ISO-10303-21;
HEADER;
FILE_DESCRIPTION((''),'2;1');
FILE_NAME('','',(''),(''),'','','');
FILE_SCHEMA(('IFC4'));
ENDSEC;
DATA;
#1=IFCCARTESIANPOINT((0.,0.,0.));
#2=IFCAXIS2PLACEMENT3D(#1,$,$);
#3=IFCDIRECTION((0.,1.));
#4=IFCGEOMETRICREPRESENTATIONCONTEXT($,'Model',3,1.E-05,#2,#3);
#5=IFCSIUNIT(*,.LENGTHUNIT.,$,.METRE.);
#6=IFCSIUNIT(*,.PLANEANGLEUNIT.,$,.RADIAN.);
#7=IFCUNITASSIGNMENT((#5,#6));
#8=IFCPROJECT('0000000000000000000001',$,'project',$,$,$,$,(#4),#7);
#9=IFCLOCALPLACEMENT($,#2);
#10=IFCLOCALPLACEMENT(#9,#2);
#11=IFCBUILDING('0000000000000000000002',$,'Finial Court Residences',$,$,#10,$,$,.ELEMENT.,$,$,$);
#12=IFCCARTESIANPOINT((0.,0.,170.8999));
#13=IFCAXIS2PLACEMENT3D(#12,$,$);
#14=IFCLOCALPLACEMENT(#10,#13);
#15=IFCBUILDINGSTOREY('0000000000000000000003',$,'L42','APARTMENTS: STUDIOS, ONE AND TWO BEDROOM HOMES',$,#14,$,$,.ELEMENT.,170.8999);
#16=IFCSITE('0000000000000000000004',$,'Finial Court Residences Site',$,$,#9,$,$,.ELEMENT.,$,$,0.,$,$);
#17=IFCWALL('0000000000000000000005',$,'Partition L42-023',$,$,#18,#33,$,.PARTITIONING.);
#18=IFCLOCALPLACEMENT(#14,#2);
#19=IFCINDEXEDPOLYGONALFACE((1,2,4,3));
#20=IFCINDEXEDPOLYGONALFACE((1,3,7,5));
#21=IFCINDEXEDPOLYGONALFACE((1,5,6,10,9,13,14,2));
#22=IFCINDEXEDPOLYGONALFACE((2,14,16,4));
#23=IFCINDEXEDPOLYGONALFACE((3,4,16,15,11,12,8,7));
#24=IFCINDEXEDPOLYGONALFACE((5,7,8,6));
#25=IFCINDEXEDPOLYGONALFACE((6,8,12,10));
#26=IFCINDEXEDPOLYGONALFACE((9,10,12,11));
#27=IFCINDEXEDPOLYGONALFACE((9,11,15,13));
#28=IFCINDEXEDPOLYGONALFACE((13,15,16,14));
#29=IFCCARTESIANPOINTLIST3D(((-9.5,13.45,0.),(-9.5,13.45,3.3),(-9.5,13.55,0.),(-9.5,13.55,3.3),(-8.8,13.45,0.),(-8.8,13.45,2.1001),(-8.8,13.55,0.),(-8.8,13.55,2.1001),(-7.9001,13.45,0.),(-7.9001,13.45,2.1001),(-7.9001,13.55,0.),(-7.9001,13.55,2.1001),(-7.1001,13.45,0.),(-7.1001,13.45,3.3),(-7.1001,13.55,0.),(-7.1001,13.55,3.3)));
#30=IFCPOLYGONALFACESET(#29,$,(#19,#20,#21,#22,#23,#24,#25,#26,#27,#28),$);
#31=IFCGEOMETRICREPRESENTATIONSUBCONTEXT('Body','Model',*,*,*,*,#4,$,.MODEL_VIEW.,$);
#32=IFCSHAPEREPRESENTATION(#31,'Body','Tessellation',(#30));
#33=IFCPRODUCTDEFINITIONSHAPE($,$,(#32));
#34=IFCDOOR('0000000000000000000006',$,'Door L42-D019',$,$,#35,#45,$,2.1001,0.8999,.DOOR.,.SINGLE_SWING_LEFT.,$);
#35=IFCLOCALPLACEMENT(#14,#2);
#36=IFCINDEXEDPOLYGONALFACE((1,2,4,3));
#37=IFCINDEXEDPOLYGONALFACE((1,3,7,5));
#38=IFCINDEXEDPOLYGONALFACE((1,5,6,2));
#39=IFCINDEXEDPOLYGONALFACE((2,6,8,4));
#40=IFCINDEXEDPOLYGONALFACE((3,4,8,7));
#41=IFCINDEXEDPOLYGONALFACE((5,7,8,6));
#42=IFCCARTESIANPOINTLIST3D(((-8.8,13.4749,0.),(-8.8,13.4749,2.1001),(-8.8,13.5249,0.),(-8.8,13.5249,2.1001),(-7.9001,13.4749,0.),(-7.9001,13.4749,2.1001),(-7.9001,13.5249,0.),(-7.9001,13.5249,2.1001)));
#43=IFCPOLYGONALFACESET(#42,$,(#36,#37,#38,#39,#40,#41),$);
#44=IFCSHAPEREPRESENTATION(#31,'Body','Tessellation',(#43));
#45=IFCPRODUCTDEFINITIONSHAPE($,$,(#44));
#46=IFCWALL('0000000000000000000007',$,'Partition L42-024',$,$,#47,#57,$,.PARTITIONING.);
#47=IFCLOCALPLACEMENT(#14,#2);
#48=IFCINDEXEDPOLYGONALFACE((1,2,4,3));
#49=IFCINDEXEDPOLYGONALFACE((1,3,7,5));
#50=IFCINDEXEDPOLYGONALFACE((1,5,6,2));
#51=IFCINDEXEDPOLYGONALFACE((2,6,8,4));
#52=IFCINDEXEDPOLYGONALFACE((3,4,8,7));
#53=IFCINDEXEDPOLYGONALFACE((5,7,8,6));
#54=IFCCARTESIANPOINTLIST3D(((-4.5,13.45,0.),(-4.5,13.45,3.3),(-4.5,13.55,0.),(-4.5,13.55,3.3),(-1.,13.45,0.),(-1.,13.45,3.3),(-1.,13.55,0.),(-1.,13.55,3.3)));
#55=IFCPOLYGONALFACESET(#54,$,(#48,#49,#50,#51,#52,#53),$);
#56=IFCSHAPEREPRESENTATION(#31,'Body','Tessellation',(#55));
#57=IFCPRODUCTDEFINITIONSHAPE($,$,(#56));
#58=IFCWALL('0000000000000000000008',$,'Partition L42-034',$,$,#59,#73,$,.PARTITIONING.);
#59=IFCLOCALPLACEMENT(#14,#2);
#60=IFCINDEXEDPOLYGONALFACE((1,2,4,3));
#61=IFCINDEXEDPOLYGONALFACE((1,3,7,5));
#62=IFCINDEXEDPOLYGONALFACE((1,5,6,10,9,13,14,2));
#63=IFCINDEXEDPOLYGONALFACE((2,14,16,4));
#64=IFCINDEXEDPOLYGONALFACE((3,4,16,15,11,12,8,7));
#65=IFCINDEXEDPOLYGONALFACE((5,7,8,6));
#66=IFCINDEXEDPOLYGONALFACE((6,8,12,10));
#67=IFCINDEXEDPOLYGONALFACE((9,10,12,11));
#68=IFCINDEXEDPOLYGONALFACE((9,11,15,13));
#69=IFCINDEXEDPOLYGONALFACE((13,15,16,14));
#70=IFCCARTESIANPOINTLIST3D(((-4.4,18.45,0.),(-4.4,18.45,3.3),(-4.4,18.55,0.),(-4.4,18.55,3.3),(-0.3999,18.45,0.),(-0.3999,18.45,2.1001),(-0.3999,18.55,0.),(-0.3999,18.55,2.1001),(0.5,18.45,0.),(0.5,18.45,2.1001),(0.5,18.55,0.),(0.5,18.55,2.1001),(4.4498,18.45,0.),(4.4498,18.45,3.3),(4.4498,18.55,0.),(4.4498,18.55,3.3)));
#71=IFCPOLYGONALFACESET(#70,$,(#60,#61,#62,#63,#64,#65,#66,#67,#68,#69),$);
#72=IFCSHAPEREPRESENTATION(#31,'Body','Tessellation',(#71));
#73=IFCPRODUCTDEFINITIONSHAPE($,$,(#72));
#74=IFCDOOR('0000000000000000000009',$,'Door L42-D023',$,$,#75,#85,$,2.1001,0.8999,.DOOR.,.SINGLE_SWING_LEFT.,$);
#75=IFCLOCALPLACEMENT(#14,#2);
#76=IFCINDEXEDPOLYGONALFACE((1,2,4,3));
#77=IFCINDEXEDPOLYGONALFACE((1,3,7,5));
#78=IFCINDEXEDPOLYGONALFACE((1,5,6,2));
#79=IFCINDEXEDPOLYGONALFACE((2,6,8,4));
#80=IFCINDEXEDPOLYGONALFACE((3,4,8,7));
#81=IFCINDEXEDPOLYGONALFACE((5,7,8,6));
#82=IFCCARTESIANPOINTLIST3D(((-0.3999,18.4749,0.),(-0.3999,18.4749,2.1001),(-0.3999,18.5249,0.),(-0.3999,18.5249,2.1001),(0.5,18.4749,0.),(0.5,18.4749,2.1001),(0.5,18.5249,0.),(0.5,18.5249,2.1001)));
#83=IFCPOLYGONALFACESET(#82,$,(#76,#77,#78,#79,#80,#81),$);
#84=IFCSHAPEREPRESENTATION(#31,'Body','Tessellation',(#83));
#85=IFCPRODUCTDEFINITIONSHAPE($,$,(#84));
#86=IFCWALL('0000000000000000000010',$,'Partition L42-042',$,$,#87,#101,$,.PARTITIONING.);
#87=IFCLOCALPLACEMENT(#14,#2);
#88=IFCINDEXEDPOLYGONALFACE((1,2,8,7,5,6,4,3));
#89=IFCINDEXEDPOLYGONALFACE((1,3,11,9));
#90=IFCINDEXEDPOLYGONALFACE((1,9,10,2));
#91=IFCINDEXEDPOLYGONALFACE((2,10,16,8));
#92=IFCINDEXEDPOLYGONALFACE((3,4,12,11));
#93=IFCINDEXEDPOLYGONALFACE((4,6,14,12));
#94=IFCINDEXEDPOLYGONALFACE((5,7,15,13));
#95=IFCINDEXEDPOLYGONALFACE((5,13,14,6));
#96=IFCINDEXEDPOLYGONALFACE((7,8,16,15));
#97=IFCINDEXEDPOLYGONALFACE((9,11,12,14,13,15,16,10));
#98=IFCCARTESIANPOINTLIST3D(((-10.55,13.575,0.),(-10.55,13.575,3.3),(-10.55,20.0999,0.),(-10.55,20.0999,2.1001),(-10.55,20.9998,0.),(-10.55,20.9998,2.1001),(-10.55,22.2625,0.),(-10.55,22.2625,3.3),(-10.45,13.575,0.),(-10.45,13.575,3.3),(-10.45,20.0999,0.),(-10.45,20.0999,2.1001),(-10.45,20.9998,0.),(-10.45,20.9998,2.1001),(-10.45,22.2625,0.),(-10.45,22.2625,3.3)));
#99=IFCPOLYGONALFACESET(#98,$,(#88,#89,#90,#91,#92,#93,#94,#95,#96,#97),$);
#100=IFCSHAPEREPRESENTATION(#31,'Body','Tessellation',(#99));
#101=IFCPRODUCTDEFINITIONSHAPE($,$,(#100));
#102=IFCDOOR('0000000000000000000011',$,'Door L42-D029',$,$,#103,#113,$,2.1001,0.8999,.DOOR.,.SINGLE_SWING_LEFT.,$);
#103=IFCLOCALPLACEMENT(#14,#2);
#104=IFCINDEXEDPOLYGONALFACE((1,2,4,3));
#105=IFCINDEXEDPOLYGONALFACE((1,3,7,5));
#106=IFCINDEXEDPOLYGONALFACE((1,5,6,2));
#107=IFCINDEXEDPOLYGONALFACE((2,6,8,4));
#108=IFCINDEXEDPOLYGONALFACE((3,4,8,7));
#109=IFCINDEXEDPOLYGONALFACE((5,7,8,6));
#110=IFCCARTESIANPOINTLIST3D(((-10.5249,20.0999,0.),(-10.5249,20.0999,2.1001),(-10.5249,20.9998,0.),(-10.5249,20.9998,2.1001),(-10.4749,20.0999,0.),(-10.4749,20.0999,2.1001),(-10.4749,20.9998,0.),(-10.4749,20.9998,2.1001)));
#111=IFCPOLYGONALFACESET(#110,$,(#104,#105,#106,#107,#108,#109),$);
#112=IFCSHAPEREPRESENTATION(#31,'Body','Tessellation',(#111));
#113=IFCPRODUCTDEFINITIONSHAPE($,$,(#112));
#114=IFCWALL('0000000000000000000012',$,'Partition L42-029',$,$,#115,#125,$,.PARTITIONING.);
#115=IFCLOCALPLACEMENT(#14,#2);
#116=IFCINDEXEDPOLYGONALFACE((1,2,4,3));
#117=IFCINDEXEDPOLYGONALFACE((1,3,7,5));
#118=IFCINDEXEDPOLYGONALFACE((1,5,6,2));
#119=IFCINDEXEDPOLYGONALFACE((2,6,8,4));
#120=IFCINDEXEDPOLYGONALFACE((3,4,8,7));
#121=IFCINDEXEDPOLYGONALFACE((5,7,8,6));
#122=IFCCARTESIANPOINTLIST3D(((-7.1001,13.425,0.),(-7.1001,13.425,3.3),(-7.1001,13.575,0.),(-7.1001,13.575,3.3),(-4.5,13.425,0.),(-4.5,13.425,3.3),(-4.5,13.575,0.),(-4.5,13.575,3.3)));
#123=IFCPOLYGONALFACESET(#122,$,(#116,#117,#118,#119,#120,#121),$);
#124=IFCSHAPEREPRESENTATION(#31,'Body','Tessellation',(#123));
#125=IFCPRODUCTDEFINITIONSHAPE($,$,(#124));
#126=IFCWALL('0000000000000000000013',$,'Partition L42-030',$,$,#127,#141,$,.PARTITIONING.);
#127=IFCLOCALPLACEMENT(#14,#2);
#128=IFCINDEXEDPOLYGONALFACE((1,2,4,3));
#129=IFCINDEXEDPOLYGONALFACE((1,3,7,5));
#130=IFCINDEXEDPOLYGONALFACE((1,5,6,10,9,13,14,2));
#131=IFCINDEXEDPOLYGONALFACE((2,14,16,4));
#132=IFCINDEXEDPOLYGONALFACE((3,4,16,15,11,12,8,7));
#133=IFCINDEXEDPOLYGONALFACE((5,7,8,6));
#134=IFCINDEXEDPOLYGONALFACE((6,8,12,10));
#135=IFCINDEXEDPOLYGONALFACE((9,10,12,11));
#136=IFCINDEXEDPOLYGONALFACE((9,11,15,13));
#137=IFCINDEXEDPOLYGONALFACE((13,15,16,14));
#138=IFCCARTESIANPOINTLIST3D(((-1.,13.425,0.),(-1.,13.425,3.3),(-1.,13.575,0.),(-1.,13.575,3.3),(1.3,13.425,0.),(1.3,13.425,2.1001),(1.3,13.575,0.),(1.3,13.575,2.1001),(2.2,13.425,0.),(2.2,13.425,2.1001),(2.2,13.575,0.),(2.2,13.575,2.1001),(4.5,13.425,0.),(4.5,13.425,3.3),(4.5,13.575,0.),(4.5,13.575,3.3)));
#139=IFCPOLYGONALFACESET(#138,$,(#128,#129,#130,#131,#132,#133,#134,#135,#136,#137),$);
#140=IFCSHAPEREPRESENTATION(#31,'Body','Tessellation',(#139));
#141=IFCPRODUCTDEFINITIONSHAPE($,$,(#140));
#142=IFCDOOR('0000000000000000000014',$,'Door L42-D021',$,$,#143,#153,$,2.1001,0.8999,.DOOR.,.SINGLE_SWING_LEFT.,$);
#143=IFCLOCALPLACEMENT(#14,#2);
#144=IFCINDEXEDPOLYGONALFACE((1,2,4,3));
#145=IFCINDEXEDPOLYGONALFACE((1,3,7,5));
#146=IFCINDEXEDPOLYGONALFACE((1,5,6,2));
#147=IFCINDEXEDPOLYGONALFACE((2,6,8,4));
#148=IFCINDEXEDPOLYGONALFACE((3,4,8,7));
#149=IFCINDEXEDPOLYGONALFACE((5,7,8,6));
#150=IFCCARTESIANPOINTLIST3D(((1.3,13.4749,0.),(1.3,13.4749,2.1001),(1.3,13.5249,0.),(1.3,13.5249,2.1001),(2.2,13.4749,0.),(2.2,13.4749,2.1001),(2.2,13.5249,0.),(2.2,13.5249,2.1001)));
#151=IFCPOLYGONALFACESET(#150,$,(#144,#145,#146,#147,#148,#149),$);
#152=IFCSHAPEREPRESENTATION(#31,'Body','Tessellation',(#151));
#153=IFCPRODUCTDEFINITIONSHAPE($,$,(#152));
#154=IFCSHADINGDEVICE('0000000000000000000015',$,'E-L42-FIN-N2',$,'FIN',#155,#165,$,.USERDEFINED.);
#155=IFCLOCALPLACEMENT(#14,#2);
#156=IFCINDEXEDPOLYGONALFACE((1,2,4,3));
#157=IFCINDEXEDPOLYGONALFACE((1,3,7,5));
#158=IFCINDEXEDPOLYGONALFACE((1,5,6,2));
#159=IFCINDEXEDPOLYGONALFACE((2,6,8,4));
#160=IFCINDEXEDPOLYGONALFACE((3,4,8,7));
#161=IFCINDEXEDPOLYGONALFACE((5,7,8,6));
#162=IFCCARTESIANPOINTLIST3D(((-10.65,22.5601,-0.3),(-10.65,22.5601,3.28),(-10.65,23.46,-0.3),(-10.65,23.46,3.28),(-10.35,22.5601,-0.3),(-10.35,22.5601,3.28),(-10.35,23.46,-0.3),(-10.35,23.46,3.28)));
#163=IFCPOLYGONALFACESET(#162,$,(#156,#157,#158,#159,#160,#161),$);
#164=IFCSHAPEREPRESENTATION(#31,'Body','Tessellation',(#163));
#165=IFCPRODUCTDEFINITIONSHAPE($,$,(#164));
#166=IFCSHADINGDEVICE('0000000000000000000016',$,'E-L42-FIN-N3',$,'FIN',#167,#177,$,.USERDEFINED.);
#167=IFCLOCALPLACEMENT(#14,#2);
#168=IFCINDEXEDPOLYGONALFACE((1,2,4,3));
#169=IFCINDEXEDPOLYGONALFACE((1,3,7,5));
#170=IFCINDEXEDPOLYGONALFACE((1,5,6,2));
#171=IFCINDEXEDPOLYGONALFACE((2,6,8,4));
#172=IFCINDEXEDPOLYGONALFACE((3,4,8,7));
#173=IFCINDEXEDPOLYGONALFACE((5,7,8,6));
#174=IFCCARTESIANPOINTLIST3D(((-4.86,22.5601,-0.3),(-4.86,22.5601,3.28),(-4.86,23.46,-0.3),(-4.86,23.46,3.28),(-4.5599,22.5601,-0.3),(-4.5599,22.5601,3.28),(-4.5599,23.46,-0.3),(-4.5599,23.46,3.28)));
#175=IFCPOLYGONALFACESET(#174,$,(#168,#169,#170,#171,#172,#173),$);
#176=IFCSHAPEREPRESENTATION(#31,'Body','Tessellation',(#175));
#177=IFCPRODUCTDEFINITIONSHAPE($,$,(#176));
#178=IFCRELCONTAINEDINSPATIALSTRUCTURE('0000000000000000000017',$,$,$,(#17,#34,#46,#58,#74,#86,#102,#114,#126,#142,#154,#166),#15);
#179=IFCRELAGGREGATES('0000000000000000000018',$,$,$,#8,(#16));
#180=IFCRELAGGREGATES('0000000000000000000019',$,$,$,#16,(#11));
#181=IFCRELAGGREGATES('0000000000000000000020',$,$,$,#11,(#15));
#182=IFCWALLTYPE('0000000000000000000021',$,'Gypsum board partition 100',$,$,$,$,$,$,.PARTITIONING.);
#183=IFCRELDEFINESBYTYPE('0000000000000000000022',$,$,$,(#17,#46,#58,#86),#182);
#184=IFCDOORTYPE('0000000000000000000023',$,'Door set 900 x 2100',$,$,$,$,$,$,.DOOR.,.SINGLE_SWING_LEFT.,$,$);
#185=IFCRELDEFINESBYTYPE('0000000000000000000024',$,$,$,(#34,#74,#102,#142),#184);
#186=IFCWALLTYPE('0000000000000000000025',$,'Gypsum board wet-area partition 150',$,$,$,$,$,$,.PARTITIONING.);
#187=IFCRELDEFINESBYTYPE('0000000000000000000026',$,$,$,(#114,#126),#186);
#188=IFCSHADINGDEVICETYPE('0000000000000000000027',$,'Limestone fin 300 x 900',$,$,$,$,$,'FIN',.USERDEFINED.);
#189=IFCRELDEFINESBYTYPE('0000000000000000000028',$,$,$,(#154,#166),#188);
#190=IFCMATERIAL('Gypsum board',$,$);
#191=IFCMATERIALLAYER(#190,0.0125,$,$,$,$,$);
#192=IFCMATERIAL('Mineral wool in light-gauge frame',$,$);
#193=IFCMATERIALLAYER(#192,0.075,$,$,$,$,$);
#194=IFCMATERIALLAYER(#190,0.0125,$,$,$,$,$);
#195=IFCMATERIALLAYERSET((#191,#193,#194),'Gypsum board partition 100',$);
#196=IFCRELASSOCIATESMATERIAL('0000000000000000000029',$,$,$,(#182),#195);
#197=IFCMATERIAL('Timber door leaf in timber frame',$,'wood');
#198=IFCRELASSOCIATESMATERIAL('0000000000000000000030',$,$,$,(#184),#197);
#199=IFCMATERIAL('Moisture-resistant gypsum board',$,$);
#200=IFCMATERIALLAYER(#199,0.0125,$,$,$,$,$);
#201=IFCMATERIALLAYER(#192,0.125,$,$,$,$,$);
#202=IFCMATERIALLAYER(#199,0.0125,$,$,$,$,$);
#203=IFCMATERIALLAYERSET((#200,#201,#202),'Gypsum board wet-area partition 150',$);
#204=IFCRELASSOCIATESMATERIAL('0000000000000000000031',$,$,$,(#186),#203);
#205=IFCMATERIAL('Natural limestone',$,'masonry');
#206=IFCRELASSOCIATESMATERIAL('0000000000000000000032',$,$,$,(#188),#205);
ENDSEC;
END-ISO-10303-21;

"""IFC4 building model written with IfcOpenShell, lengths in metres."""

from ifc_helpers import new_model, si_unit, direction, frame, frame_2d, origin, origin_2d, place, context, subcontext, project, spatial, rectangle, extrude, material, layer, layer_set, type_object, element, fill, save


model = new_model("IFC4")

# Units and contexts
model_context = context("Model", 3, precision=1e-05, world=origin(), true_north=direction((0.0, 1.0)))
body_context = subcontext(model_context, "Body", "Model", "MODEL_VIEW")
ifc_project = project(units=[si_unit("LENGTHUNIT", "METRE"), si_unit("PLANEANGLEUNIT", "RADIAN")], contexts=[model_context])

# Site, building, storey
site_placement = place(None, origin())
site = spatial("IfcSite", under=ifc_project, at=site_placement, Name="Finial Court Residences Site", CompositionType="ELEMENT", RefElevation=0.0)
building_placement = place(site_placement, origin())
building = spatial("IfcBuilding", under=site, at=building_placement, Name="Finial Court Residences", CompositionType="ELEMENT")
storey_placement = place(building_placement, frame((0.0, 0.0, 170.8999)))
storey = spatial("IfcBuildingStorey", under=building, at=storey_placement, Name="L42", Description="APARTMENTS: STUDIOS, ONE AND TWO BEDROOM HOMES", CompositionType="ELEMENT", Elevation=170.8999)

# Shared definitions
ifc_material_1 = material(Name="Gypsum board")

# Wall, opening, door
ifc_layer_1 = layer(ifc_material_1, 0.0125)
ifc_material_2 = material(Name="Mineral wool in light-gauge frame")
ifc_layer_2 = layer(ifc_material_2, 0.075)
ifc_layer_3 = layer(ifc_material_1, 0.0125)
ifc_layer_set_1 = layer_set([ifc_layer_1, ifc_layer_2, ifc_layer_3], Name="Gypsum board partition 100")
wall_type_1 = type_object("IfcWallType", Name="Gypsum board partition 100", PredefinedType="PARTITIONING", material=ifc_layer_set_1)
wall_1_placement = place(storey_placement, frame((-9.5, 13.5, 0.0), z_axis=(0.0, 0.0, 1.0), x_axis=(1.0, 0.0, 0.0)))
wall_1 = element("IfcWall", 1, at=wall_1_placement, inside=storey, type_object=wall_type_1, Name="Partition L42-023", PredefinedType="PARTITIONING", context=body_context, shape_type="SweptSolid", body=[
    extrude(rectangle(XDim=2.3999, YDim=0.1001, at=frame_2d((1.2, 0.0))), origin(), (0.0, 0.0, 1.0), 3.3),
])
opening_1_placement = place(wall_1_placement, frame((0.7, 0.0, 0.0)))
opening_1 = element("IfcOpeningElement", 2, at=opening_1_placement, cuts=wall_1, PredefinedType="OPENING", context=body_context, shape_type="SweptSolid", body=[
    extrude(rectangle(XDim=0.8999, YDim=2.1001, at=frame_2d((0.45, 1.05))), frame((0.0, 0.0601, 0.0), z_axis=(0.0, -1.0, 0.0), x_axis=(1.0, 0.0, 0.0)), (0.0, 0.0, 1.0), 0.1201),
])
ifc_material_3 = material(Name="Timber door leaf in timber frame", Category="wood")
door_type = type_object("IfcDoorType", Name="Door set 900 x 2100", OperationType="SINGLE_SWING_LEFT", PredefinedType="DOOR", material=ifc_material_3)
door_1_placement = place(opening_1_placement, origin())
door_1 = element("IfcDoor", 3, at=door_1_placement, inside=storey, type_object=door_type, Name="Door L42-D019", OperationType="SINGLE_SWING_LEFT", OverallHeight=2.1001, OverallWidth=0.8999, PredefinedType="DOOR", context=body_context, shape_type="SweptSolid", body=[
    extrude(rectangle(XDim=0.8999, YDim=2.1001, at=frame_2d((0.45, 1.05))), frame((0.0, 0.0249, 0.0), z_axis=(0.0, -1.0, 0.0), x_axis=(1.0, 0.0, 0.0)), (0.0, 0.0, 1.0), 0.05),
])
fill(opening_1, door_1)

# Wall
wall_2_placement = place(storey_placement, frame((-4.5, 13.5, 0.0), z_axis=(0.0, 0.0, 1.0), x_axis=(1.0, 0.0, 0.0)))
element("IfcWall", 4, at=wall_2_placement, inside=storey, type_object=wall_type_1, Name="Partition L42-024", PredefinedType="PARTITIONING", context=body_context, shape_type="SweptSolid", body=[
    extrude(rectangle(XDim=3.5, YDim=0.1001, at=frame_2d((1.75, 0.0))), origin(), (0.0, 0.0, 1.0), 3.3),
])

# Walls, openings, doors
wall_3_placement = place(storey_placement, frame((-4.3999, 18.5, 0.0), z_axis=(0.0, 0.0, 1.0), x_axis=(1.0, 0.0, 0.0)))
wall_3 = element("IfcWall", 5, at=wall_3_placement, inside=storey, type_object=wall_type_1, Name="Partition L42-034", PredefinedType="PARTITIONING", context=body_context, shape_type="SweptSolid", body=[
    extrude(rectangle(XDim=8.8499, YDim=0.1001, at=frame_2d((4.4248, 0.0))), origin(), (0.0, 0.0, 1.0), 3.3),
])
opening_2_placement = place(wall_3_placement, frame((4.0, 0.0, 0.0)))
opening_2 = element("IfcOpeningElement", 6, at=opening_2_placement, cuts=wall_3, PredefinedType="OPENING", context=body_context, shape_type="SweptSolid", body=[
    extrude(rectangle(XDim=0.8999, YDim=2.1001, at=frame_2d((0.45, 1.05))), frame((0.0, 0.0601, 0.0), z_axis=(0.0, -1.0, 0.0), x_axis=(1.0, 0.0, 0.0)), (0.0, 0.0, 1.0), 0.1201),
])
door_2_placement = place(opening_2_placement, origin())
door_2 = element("IfcDoor", 7, at=door_2_placement, inside=storey, type_object=door_type, Name="Door L42-D023", OperationType="SINGLE_SWING_LEFT", OverallHeight=2.1001, OverallWidth=0.8999, PredefinedType="DOOR", context=body_context, shape_type="SweptSolid", body=[
    extrude(rectangle(XDim=0.8999, YDim=2.1001, at=frame_2d((0.45, 1.05))), frame((0.0, 0.0249, 0.0), z_axis=(0.0, -1.0, 0.0), x_axis=(1.0, 0.0, 0.0)), (0.0, 0.0, 1.0), 0.05),
])
fill(opening_2, door_2)
wall_4_placement = place(storey_placement, frame((-10.5, 13.575, 0.0), z_axis=(0.0, 0.0, 1.0), x_axis=(0.0, 1.0, 0.0)))
wall_4 = element("IfcWall", 8, at=wall_4_placement, inside=storey, type_object=wall_type_1, Name="Partition L42-042", PredefinedType="PARTITIONING", context=body_context, shape_type="SweptSolid", body=[
    extrude(rectangle(XDim=8.6875, YDim=0.1001, at=frame_2d((4.3438, 0.0))), origin(), (0.0, 0.0, 1.0), 3.3),
])
opening_3_placement = place(wall_4_placement, frame((6.5249, 0.0, 0.0)))
opening_3 = element("IfcOpeningElement", 9, at=opening_3_placement, cuts=wall_4, PredefinedType="OPENING", context=body_context, shape_type="SweptSolid", body=[
    extrude(rectangle(XDim=0.8999, YDim=2.1001, at=frame_2d((0.45, 1.05))), frame((0.0, 0.0601, 0.0), z_axis=(0.0, -1.0, 0.0), x_axis=(1.0, 0.0, 0.0)), (0.0, 0.0, 1.0), 0.1201),
])
door_3_placement = place(opening_3_placement, origin())
door_3 = element("IfcDoor", 10, at=door_3_placement, inside=storey, type_object=door_type, Name="Door L42-D029", OperationType="SINGLE_SWING_LEFT", OverallHeight=2.1001, OverallWidth=0.8999, PredefinedType="DOOR", context=body_context, shape_type="SweptSolid", body=[
    extrude(rectangle(XDim=0.8999, YDim=2.1001, at=frame_2d((0.45, 1.05))), frame((0.0, 0.0249, 0.0), z_axis=(0.0, -1.0, 0.0), x_axis=(1.0, 0.0, 0.0)), (0.0, 0.0, 1.0), 0.05),
])
fill(opening_3, door_3)

# Wall
ifc_material_4 = material(Name="Moisture-resistant gypsum board")
ifc_layer_4 = layer(ifc_material_4, 0.0125)
ifc_layer_5 = layer(ifc_material_2, 0.125)
ifc_layer_6 = layer(ifc_material_4, 0.0125)
ifc_layer_set_2 = layer_set([ifc_layer_4, ifc_layer_5, ifc_layer_6], Name="Gypsum board wet-area partition 150")
wall_type_2 = type_object("IfcWallType", Name="Gypsum board wet-area partition 150", PredefinedType="PARTITIONING", material=ifc_layer_set_2)
wall_5_placement = place(storey_placement, frame((-7.1001, 13.5, 0.0), z_axis=(0.0, 0.0, 1.0), x_axis=(1.0, 0.0, 0.0)))
element("IfcWall", 11, at=wall_5_placement, inside=storey, type_object=wall_type_2, Name="Partition L42-029", PredefinedType="PARTITIONING", context=body_context, shape_type="SweptSolid", body=[
    extrude(rectangle(XDim=2.6001, YDim=0.1499, at=frame_2d((1.3, 0.0))), origin(), (0.0, 0.0, 1.0), 3.3),
])

# Wall, opening, door
wall_6_placement = place(storey_placement, frame((-1.0, 13.5, 0.0), z_axis=(0.0, 0.0, 1.0), x_axis=(1.0, 0.0, 0.0)))
wall_6 = element("IfcWall", 12, at=wall_6_placement, inside=storey, type_object=wall_type_2, Name="Partition L42-030", PredefinedType="PARTITIONING", context=body_context, shape_type="SweptSolid", body=[
    extrude(rectangle(XDim=5.5, YDim=0.1499, at=frame_2d((2.75, 0.0))), origin(), (0.0, 0.0, 1.0), 3.3),
])
opening_4_placement = place(wall_6_placement, frame((2.3, 0.0, 0.0)))
opening_4 = element("IfcOpeningElement", 13, at=opening_4_placement, cuts=wall_6, PredefinedType="OPENING", context=body_context, shape_type="SweptSolid", body=[
    extrude(rectangle(XDim=0.8999, YDim=2.1001, at=frame_2d((0.45, 1.05))), frame((0.0, 0.085, 0.0), z_axis=(0.0, -1.0, 0.0), x_axis=(1.0, 0.0, 0.0)), (0.0, 0.0, 1.0), 0.1699),
])
door_4_placement = place(opening_4_placement, origin())
door_4 = element("IfcDoor", 14, at=door_4_placement, inside=storey, type_object=door_type, Name="Door L42-D021", OperationType="SINGLE_SWING_LEFT", OverallHeight=2.1001, OverallWidth=0.8999, PredefinedType="DOOR", context=body_context, shape_type="SweptSolid", body=[
    extrude(rectangle(XDim=0.8999, YDim=2.1001, at=frame_2d((0.45, 1.05))), frame((0.0, 0.0249, 0.0), z_axis=(0.0, -1.0, 0.0), x_axis=(1.0, 0.0, 0.0)), (0.0, 0.0, 1.0), 0.05),
])
fill(opening_4, door_4)

# Shading devices
ifc_material_5 = material(Name="Natural limestone", Category="masonry")
shading_device_type = type_object("IfcShadingDeviceType", Name="Limestone fin 300 x 900", ElementType="FIN", PredefinedType="USERDEFINED", material=ifc_material_5)
for number, where, z_axis, x_axis, name in (
    (15, (-10.5, 23.01, -0.3), (0.0, 0.0, 1.0), (1.0, 0.0, 0.0), "E-L42-FIN-N2"),
    (16, (-4.71, 23.01, -0.3), (0.0, 0.0, 1.0), (1.0, 0.0, 0.0), "E-L42-FIN-N3"),
):
    element("IfcShadingDevice", number, at=place(storey_placement, frame(where, z_axis=z_axis, x_axis=x_axis)), inside=storey, type_object=shading_device_type, Name=name, ObjectType="FIN", PredefinedType="USERDEFINED", context=body_context, shape_type="SweptSolid", body=[
        extrude(rectangle(XDim=0.3, YDim=0.8999, at=origin_2d()), origin(), (0.0, 0.0, 1.0), 3.5801),
    ])

save(model, "model.ifc")
